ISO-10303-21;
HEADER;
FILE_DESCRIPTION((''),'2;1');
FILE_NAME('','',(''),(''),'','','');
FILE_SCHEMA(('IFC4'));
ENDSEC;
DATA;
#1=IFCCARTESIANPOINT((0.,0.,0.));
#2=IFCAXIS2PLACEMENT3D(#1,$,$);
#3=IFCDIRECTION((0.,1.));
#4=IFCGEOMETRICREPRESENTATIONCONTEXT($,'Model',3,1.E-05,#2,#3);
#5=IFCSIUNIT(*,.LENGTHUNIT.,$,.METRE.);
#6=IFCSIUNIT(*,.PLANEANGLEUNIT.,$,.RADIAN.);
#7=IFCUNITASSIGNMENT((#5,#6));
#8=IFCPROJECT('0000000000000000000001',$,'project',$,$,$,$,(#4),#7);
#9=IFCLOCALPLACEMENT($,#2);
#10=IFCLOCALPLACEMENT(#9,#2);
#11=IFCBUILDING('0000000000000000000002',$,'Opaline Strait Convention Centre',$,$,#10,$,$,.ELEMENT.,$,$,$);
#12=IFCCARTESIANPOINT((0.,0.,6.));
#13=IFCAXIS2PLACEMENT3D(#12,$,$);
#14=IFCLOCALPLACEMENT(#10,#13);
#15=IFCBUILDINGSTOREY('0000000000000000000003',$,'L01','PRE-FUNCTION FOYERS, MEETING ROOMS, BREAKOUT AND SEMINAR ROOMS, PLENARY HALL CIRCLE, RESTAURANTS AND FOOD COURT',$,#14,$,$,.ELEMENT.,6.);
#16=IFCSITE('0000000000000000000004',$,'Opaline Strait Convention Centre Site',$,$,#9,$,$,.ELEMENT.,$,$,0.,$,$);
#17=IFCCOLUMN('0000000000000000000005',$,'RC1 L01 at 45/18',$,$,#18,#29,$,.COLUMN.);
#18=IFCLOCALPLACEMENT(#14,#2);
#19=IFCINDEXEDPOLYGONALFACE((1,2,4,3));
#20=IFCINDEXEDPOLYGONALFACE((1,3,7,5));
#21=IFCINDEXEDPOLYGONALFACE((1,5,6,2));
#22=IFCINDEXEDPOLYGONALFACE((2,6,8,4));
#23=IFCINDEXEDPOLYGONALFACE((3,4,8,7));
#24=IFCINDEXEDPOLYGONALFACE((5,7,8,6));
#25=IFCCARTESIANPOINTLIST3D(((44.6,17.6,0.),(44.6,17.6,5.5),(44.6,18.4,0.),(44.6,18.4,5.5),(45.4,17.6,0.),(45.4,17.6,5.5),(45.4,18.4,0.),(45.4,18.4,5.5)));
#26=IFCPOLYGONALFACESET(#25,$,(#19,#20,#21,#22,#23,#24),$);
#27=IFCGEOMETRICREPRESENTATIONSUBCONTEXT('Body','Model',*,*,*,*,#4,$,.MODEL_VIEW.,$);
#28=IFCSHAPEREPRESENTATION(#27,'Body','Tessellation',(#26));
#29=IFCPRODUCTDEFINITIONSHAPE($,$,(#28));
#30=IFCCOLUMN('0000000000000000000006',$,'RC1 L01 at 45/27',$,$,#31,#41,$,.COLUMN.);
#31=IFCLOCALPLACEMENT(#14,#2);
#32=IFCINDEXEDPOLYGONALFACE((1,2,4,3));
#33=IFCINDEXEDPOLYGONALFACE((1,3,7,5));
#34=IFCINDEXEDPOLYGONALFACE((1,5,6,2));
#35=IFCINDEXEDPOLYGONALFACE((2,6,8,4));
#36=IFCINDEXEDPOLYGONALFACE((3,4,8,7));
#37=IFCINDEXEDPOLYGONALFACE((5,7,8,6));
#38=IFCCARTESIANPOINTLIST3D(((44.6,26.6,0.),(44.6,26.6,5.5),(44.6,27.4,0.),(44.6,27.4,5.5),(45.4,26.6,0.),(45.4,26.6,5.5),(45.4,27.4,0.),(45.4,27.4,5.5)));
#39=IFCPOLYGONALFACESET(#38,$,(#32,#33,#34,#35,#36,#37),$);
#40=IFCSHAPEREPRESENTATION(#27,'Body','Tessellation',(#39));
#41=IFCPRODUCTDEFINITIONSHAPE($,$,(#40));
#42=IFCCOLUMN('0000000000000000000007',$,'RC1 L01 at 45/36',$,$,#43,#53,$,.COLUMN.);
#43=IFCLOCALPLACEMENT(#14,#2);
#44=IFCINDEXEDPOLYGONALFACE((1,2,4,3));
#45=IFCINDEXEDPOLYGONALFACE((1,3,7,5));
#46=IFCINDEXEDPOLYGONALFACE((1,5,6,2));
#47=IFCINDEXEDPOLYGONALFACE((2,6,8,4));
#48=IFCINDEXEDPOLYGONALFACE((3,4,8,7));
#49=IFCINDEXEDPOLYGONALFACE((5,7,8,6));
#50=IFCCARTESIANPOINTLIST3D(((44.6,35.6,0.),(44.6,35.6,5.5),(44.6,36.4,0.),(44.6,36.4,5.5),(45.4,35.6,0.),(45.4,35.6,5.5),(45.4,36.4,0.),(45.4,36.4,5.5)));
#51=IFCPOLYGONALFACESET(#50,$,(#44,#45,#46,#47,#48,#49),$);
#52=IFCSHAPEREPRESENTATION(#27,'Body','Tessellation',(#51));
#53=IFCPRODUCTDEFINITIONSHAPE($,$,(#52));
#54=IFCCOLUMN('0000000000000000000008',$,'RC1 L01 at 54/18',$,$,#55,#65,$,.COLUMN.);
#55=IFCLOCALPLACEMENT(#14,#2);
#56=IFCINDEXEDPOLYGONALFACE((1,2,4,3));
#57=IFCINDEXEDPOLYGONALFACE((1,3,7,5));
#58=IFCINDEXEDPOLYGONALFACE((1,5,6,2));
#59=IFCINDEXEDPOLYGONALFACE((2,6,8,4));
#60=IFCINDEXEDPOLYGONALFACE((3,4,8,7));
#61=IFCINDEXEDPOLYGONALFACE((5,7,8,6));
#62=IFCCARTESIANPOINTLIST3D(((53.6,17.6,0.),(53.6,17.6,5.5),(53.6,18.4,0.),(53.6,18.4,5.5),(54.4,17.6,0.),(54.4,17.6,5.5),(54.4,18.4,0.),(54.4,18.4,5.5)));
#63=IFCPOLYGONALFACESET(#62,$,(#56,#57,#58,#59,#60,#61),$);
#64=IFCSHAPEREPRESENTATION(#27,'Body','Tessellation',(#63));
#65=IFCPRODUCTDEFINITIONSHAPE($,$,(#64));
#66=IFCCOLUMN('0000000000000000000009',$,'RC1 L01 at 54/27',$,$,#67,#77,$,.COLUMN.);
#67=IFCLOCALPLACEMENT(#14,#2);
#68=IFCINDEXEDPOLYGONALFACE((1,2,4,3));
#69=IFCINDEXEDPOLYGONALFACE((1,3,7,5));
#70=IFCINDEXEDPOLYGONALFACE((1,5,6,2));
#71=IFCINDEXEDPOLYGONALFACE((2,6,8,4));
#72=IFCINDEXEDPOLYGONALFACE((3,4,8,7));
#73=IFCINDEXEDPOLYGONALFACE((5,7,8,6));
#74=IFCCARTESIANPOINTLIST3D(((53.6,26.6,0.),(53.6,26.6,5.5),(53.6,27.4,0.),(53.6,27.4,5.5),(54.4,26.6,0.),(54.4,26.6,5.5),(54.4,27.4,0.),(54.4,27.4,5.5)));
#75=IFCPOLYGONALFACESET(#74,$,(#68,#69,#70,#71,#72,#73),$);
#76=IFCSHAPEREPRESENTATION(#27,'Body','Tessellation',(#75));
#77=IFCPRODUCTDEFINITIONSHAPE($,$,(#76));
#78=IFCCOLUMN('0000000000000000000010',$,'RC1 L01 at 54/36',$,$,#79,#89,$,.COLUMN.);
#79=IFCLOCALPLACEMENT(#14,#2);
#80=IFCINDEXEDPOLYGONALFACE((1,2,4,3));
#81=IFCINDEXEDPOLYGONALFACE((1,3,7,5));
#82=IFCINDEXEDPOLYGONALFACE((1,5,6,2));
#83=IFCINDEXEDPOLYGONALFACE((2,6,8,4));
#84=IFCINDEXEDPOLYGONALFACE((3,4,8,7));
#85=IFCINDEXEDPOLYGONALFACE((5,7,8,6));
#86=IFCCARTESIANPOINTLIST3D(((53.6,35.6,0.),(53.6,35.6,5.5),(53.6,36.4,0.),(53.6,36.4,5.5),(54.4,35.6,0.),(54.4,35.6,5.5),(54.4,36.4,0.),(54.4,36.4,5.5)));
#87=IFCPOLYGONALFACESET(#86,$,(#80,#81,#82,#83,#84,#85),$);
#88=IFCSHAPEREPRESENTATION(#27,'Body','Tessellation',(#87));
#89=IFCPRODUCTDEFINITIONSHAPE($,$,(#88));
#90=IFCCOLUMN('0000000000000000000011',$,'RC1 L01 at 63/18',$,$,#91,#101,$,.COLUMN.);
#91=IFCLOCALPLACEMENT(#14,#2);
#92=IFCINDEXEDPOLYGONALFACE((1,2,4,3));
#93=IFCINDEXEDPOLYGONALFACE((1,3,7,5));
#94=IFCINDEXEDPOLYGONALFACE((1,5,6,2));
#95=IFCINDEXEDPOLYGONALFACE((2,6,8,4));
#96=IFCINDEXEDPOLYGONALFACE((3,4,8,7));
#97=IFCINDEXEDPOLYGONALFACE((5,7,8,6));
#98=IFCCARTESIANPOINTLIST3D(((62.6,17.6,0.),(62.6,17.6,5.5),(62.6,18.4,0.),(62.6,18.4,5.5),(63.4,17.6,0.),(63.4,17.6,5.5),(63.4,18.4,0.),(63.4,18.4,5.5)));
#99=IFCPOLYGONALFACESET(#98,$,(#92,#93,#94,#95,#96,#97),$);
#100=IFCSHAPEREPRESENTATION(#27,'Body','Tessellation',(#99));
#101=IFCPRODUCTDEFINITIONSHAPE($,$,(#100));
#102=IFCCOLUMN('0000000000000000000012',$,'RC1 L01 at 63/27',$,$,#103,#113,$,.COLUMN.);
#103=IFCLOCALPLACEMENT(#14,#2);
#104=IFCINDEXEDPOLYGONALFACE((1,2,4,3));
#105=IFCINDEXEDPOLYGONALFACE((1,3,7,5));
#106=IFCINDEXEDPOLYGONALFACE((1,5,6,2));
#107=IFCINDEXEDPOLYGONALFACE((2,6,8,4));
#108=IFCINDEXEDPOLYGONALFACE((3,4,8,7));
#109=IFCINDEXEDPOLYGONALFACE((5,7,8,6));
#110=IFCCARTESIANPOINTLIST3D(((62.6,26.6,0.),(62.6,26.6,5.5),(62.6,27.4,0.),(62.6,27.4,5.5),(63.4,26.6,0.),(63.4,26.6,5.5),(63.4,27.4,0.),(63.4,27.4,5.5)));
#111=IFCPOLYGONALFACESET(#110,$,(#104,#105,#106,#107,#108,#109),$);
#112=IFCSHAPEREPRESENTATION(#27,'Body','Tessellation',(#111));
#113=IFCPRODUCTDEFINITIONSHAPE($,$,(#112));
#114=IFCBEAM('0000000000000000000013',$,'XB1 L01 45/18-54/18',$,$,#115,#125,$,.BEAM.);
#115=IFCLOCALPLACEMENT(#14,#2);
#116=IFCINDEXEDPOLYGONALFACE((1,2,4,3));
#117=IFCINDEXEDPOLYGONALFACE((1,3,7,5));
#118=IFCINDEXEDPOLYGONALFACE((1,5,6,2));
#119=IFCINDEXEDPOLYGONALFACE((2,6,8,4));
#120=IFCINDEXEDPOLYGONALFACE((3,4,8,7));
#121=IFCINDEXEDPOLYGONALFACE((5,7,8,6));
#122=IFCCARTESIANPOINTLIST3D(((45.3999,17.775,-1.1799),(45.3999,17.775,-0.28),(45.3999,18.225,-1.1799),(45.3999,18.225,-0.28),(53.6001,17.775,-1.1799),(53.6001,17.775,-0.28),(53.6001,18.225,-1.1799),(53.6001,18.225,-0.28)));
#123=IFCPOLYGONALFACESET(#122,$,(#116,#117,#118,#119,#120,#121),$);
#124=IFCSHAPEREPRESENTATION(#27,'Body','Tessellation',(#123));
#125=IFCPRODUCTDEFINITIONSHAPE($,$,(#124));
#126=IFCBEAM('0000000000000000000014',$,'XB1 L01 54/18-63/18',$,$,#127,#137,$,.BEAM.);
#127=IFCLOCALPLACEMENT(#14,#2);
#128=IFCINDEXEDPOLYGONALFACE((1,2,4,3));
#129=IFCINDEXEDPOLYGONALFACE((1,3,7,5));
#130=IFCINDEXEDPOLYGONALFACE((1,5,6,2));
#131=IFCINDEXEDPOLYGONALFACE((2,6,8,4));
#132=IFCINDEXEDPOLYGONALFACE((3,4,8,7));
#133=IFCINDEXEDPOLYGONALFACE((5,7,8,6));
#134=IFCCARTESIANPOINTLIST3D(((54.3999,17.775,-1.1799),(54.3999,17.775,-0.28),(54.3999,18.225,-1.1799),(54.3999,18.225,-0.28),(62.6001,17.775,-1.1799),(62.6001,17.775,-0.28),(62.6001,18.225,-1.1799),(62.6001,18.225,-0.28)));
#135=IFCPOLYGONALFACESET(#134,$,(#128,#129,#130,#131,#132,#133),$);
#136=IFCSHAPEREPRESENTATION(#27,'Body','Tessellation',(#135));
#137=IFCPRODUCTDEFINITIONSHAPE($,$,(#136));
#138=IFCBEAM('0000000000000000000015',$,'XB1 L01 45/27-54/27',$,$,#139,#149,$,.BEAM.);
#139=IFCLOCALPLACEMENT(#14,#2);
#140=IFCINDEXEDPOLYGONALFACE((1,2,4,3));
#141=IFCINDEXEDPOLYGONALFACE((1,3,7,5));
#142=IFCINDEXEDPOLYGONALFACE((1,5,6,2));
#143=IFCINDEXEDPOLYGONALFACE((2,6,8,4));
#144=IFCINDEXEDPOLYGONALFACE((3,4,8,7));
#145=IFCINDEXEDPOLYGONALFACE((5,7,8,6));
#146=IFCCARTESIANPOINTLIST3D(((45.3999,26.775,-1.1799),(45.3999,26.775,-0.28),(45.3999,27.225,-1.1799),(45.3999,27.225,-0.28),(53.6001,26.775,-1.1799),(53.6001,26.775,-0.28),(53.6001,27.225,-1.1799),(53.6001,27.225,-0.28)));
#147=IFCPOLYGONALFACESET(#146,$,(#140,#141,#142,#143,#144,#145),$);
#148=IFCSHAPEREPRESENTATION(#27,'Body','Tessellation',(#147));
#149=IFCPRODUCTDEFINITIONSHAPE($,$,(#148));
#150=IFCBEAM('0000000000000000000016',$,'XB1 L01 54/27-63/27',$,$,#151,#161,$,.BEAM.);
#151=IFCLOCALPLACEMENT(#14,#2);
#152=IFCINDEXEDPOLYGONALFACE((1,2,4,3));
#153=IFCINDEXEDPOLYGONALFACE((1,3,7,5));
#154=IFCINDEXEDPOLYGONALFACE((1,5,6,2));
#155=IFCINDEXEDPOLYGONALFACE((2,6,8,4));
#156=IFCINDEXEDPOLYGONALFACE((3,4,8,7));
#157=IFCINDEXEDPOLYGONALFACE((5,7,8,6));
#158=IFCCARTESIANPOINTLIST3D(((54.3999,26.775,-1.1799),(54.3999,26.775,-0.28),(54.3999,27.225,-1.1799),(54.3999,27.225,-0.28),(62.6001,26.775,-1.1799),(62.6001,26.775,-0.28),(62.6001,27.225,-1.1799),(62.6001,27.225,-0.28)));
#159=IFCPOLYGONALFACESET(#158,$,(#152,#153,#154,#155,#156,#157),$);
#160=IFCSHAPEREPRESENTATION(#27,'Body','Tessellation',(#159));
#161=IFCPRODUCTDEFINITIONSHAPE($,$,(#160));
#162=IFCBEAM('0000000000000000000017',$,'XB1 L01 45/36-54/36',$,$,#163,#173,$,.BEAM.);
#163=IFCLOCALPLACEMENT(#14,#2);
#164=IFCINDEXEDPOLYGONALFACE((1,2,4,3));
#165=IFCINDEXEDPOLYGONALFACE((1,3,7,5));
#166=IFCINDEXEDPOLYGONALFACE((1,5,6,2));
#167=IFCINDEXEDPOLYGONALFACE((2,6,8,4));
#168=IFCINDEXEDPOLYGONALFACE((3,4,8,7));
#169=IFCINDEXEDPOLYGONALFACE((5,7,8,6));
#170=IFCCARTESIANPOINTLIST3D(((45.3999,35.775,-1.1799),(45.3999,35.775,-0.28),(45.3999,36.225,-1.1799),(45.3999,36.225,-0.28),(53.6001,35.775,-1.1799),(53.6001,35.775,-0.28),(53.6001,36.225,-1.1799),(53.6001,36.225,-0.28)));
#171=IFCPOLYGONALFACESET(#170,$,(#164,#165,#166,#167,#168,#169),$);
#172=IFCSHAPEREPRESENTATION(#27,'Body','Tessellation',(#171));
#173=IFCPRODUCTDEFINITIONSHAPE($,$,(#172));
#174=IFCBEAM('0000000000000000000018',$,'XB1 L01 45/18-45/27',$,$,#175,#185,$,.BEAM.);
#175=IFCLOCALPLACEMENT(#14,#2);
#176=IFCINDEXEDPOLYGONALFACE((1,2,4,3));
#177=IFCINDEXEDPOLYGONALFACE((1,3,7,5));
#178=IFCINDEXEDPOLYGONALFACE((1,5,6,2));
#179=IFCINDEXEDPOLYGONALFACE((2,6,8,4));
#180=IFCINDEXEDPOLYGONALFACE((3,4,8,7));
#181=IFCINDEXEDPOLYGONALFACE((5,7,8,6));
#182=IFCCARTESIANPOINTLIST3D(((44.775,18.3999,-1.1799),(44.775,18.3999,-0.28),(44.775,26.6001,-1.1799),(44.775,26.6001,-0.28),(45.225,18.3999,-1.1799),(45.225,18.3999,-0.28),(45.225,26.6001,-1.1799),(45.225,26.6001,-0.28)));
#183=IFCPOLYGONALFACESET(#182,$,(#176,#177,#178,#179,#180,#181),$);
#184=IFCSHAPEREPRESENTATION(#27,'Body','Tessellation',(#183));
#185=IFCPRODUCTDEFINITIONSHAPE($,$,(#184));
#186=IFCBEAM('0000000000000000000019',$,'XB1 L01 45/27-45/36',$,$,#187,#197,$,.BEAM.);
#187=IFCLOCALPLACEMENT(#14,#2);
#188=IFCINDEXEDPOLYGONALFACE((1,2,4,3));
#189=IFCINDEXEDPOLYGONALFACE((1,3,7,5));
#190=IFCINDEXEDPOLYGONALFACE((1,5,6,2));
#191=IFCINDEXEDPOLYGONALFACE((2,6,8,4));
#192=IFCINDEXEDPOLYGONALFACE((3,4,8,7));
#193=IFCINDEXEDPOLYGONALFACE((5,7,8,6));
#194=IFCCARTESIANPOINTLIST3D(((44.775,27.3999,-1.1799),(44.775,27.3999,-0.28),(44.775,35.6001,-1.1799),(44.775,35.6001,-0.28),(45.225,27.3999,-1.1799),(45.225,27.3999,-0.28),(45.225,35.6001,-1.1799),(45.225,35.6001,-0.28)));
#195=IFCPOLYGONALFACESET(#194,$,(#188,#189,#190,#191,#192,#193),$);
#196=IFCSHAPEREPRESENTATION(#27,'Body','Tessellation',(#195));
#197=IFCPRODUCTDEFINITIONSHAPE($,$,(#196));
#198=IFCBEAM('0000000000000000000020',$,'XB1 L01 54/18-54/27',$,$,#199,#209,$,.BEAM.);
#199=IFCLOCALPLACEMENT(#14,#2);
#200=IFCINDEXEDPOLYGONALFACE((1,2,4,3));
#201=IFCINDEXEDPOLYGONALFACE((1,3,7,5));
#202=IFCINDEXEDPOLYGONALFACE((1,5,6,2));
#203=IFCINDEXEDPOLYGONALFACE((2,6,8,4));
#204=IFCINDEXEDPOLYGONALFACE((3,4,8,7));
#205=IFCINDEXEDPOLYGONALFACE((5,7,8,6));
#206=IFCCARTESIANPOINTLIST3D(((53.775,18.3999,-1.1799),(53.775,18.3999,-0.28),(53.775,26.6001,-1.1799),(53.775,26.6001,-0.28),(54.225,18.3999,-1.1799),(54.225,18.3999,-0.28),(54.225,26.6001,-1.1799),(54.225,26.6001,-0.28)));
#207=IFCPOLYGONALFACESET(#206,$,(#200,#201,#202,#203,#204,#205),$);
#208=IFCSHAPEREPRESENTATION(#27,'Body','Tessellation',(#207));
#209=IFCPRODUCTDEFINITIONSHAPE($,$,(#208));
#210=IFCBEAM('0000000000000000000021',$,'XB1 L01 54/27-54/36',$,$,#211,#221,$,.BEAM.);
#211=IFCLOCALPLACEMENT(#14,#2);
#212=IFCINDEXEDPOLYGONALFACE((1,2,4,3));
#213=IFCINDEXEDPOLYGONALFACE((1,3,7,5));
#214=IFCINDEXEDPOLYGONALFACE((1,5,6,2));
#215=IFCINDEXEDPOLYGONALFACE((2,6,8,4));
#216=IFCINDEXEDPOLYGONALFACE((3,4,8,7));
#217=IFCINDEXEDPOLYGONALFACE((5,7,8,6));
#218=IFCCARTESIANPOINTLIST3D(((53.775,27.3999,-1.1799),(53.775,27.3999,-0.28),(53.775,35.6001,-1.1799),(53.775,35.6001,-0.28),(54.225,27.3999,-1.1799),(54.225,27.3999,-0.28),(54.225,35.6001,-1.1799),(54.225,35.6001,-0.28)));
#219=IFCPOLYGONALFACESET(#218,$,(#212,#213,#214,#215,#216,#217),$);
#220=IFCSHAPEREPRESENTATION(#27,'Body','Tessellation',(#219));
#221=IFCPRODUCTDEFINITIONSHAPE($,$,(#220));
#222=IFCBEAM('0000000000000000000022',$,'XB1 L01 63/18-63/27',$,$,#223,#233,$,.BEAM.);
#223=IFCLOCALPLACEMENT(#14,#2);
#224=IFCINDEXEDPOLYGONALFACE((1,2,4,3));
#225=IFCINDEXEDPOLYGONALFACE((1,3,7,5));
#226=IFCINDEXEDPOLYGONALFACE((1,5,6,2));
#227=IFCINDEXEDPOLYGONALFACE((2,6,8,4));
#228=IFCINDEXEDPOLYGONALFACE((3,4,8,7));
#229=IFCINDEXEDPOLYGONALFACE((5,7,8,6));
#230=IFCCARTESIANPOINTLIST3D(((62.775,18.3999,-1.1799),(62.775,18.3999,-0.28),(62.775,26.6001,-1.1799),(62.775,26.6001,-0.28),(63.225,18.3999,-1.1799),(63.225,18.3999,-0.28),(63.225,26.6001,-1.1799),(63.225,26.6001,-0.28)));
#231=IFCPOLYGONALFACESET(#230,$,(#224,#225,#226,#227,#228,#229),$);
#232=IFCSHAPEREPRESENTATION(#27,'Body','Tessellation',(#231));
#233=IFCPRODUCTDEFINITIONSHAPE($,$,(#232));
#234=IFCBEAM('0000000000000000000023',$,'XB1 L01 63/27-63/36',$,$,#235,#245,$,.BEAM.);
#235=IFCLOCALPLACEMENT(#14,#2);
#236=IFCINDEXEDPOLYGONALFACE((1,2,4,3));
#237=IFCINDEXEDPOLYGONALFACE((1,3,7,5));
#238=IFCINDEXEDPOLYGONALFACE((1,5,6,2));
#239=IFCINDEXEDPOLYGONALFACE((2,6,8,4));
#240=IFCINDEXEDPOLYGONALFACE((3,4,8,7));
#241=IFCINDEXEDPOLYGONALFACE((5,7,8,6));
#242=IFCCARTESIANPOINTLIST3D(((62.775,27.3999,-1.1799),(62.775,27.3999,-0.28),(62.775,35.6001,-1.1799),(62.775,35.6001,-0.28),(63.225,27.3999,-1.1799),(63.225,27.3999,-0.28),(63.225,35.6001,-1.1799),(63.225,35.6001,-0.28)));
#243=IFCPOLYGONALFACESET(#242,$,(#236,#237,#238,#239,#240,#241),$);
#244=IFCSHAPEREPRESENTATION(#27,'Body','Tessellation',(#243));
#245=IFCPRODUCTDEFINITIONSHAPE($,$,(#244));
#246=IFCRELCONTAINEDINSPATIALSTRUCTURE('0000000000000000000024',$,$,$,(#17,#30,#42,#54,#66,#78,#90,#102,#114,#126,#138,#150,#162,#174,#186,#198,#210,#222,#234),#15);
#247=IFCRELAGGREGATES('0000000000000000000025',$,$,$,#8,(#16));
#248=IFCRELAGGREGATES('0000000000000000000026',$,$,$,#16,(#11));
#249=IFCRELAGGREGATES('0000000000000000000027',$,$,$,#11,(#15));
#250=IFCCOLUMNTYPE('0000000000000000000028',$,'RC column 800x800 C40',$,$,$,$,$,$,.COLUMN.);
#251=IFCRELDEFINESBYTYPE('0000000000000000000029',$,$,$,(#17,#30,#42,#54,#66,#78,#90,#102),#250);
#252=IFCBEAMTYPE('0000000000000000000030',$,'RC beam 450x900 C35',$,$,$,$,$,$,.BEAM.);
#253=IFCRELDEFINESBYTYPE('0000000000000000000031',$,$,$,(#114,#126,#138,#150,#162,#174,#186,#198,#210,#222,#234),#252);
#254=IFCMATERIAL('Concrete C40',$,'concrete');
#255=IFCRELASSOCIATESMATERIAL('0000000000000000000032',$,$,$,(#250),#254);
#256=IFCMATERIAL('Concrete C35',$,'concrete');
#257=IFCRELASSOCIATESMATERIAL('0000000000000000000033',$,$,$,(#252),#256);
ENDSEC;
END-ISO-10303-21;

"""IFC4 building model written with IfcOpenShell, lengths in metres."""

from ifc_helpers import new_model, si_unit, direction, frame, origin, origin_2d, place, context, subcontext, project, spatial, rectangle, extrude, material, material_profile, profile_set, type_object, element, save


model = new_model("IFC4")

# Units and contexts
model_context = context("Model", 3, precision=1e-05, world=origin(), true_north=direction((0.0, 1.0)))
body_context = subcontext(model_context, "Body", "Model", "MODEL_VIEW")
ifc_project = project(units=[si_unit("LENGTHUNIT", "METRE"), si_unit("PLANEANGLEUNIT", "RADIAN")], contexts=[model_context])

# Site, building, storey
site_placement = place(None, origin())
site = spatial("IfcSite", under=ifc_project, at=site_placement, Name="Opaline Strait Convention Centre Site", CompositionType="ELEMENT", RefElevation=0.0)
building_placement = place(site_placement, origin())
building = spatial("IfcBuilding", under=site, at=building_placement, Name="Opaline Strait Convention Centre", CompositionType="ELEMENT")
storey_placement = place(building_placement, frame((0.0, 0.0, 6.0)))
storey = spatial("IfcBuildingStorey", under=building, at=storey_placement, Name="L01", Description="PRE-FUNCTION FOYERS, MEETING ROOMS, BREAKOUT AND SEMINAR ROOMS, PLENARY HALL CIRCLE, RESTAURANTS AND FOOD COURT", CompositionType="ELEMENT", Elevation=6.0)

# Columns
ifc_material_1 = material(Name="Concrete C40", Category="concrete")
ifc_material_profile_1 = material_profile(ifc_material_1, rectangle(XDim=0.8, YDim=0.8, at=origin_2d()), Name="RC 800x800")
ifc_profile_set_1 = profile_set([ifc_material_profile_1], Name="Concrete C40")
column_type = type_object("IfcColumnType", Name="RC column 800x800 C40", PredefinedType="COLUMN", material=ifc_profile_set_1)
for number, where, z_axis, x_axis, name in (
    (1, (45.0, 18.0, 0.0), (0.0, 0.0, 1.0), (1.0, 0.0, 0.0), "RC1 L01 at 45/18"),
    (2, (45.0, 27.0, 0.0), (0.0, 0.0, 1.0), (1.0, 0.0, 0.0), "RC1 L01 at 45/27"),
    (3, (45.0, 36.0, 0.0), (0.0, 0.0, 1.0), (1.0, 0.0, 0.0), "RC1 L01 at 45/36"),
    (4, (54.0, 18.0, 0.0), (0.0, 0.0, 1.0), (1.0, 0.0, 0.0), "RC1 L01 at 54/18"),
    (5, (54.0, 27.0, 0.0), (0.0, 0.0, 1.0), (1.0, 0.0, 0.0), "RC1 L01 at 54/27"),
    (6, (54.0, 36.0, 0.0), (0.0, 0.0, 1.0), (1.0, 0.0, 0.0), "RC1 L01 at 54/36"),
    (7, (63.0, 18.0, 0.0), (0.0, 0.0, 1.0), (1.0, 0.0, 0.0), "RC1 L01 at 63/18"),
    (8, (63.0, 27.0, 0.0), (0.0, 0.0, 1.0), (1.0, 0.0, 0.0), "RC1 L01 at 63/27"),
):
    element("IfcColumn", number, at=place(storey_placement, frame(where, z_axis=z_axis, x_axis=x_axis)), inside=storey, type_object=column_type, Name=name, PredefinedType="COLUMN", context=body_context, shape_type="SweptSolid", body=[
        extrude(rectangle(XDim=0.8, YDim=0.8, at=origin_2d()), origin(), (0.0, 0.0, 1.0), 5.5),
    ])

# Beams
ifc_material_2 = material(Name="Concrete C35", Category="concrete")
ifc_material_profile_2 = material_profile(ifc_material_2, rectangle(XDim=0.45, YDim=0.8999, at=origin_2d()), Name="RC 450x900")
ifc_profile_set_2 = profile_set([ifc_material_profile_2], Name="Concrete C35")
beam_type = type_object("IfcBeamType", Name="RC beam 450x900 C35", PredefinedType="BEAM", material=ifc_profile_set_2)
for number, where, z_axis, x_axis, name in (
    (9, (45.3999, 18.0, -0.73), (1.0, 0.0, 0.0), (0.0, 1.0, 0.0), "XB1 L01 45/18-54/18"),
    (10, (54.3999, 18.0, -0.73), (1.0, 0.0, 0.0), (0.0, 1.0, 0.0), "XB1 L01 54/18-63/18"),
    (11, (45.3999, 27.0, -0.73), (1.0, 0.0, 0.0), (0.0, 1.0, 0.0), "XB1 L01 45/27-54/27"),
    (12, (54.3999, 27.0, -0.73), (1.0, 0.0, 0.0), (0.0, 1.0, 0.0), "XB1 L01 54/27-63/27"),
    (13, (45.3999, 36.0, -0.73), (1.0, 0.0, 0.0), (0.0, 1.0, 0.0), "XB1 L01 45/36-54/36"),
    (14, (45.0, 18.3999, -0.73), (0.0, 1.0, 0.0), (-1.0, 0.0, 0.0), "XB1 L01 45/18-45/27"),
    (15, (45.0, 27.3999, -0.73), (0.0, 1.0, 0.0), (-1.0, 0.0, 0.0), "XB1 L01 45/27-45/36"),
    (16, (54.0, 18.3999, -0.73), (0.0, 1.0, 0.0), (-1.0, 0.0, 0.0), "XB1 L01 54/18-54/27"),
    (17, (54.0, 27.3999, -0.73), (0.0, 1.0, 0.0), (-1.0, 0.0, 0.0), "XB1 L01 54/27-54/36"),
    (18, (63.0, 18.3999, -0.73), (0.0, 1.0, 0.0), (-1.0, 0.0, 0.0), "XB1 L01 63/18-63/27"),
    (19, (63.0, 27.3999, -0.73), (0.0, 1.0, 0.0), (-1.0, 0.0, 0.0), "XB1 L01 63/27-63/36"),
):
    element("IfcBeam", number, at=place(storey_placement, frame(where, z_axis=z_axis, x_axis=x_axis)), inside=storey, type_object=beam_type, Name=name, PredefinedType="BEAM", context=body_context, shape_type="SweptSolid", body=[
        extrude(rectangle(XDim=0.45, YDim=0.8999, at=origin_2d()), origin(), (0.0, 0.0, 1.0), 8.2002),
    ])

save(model, "model.ifc")
